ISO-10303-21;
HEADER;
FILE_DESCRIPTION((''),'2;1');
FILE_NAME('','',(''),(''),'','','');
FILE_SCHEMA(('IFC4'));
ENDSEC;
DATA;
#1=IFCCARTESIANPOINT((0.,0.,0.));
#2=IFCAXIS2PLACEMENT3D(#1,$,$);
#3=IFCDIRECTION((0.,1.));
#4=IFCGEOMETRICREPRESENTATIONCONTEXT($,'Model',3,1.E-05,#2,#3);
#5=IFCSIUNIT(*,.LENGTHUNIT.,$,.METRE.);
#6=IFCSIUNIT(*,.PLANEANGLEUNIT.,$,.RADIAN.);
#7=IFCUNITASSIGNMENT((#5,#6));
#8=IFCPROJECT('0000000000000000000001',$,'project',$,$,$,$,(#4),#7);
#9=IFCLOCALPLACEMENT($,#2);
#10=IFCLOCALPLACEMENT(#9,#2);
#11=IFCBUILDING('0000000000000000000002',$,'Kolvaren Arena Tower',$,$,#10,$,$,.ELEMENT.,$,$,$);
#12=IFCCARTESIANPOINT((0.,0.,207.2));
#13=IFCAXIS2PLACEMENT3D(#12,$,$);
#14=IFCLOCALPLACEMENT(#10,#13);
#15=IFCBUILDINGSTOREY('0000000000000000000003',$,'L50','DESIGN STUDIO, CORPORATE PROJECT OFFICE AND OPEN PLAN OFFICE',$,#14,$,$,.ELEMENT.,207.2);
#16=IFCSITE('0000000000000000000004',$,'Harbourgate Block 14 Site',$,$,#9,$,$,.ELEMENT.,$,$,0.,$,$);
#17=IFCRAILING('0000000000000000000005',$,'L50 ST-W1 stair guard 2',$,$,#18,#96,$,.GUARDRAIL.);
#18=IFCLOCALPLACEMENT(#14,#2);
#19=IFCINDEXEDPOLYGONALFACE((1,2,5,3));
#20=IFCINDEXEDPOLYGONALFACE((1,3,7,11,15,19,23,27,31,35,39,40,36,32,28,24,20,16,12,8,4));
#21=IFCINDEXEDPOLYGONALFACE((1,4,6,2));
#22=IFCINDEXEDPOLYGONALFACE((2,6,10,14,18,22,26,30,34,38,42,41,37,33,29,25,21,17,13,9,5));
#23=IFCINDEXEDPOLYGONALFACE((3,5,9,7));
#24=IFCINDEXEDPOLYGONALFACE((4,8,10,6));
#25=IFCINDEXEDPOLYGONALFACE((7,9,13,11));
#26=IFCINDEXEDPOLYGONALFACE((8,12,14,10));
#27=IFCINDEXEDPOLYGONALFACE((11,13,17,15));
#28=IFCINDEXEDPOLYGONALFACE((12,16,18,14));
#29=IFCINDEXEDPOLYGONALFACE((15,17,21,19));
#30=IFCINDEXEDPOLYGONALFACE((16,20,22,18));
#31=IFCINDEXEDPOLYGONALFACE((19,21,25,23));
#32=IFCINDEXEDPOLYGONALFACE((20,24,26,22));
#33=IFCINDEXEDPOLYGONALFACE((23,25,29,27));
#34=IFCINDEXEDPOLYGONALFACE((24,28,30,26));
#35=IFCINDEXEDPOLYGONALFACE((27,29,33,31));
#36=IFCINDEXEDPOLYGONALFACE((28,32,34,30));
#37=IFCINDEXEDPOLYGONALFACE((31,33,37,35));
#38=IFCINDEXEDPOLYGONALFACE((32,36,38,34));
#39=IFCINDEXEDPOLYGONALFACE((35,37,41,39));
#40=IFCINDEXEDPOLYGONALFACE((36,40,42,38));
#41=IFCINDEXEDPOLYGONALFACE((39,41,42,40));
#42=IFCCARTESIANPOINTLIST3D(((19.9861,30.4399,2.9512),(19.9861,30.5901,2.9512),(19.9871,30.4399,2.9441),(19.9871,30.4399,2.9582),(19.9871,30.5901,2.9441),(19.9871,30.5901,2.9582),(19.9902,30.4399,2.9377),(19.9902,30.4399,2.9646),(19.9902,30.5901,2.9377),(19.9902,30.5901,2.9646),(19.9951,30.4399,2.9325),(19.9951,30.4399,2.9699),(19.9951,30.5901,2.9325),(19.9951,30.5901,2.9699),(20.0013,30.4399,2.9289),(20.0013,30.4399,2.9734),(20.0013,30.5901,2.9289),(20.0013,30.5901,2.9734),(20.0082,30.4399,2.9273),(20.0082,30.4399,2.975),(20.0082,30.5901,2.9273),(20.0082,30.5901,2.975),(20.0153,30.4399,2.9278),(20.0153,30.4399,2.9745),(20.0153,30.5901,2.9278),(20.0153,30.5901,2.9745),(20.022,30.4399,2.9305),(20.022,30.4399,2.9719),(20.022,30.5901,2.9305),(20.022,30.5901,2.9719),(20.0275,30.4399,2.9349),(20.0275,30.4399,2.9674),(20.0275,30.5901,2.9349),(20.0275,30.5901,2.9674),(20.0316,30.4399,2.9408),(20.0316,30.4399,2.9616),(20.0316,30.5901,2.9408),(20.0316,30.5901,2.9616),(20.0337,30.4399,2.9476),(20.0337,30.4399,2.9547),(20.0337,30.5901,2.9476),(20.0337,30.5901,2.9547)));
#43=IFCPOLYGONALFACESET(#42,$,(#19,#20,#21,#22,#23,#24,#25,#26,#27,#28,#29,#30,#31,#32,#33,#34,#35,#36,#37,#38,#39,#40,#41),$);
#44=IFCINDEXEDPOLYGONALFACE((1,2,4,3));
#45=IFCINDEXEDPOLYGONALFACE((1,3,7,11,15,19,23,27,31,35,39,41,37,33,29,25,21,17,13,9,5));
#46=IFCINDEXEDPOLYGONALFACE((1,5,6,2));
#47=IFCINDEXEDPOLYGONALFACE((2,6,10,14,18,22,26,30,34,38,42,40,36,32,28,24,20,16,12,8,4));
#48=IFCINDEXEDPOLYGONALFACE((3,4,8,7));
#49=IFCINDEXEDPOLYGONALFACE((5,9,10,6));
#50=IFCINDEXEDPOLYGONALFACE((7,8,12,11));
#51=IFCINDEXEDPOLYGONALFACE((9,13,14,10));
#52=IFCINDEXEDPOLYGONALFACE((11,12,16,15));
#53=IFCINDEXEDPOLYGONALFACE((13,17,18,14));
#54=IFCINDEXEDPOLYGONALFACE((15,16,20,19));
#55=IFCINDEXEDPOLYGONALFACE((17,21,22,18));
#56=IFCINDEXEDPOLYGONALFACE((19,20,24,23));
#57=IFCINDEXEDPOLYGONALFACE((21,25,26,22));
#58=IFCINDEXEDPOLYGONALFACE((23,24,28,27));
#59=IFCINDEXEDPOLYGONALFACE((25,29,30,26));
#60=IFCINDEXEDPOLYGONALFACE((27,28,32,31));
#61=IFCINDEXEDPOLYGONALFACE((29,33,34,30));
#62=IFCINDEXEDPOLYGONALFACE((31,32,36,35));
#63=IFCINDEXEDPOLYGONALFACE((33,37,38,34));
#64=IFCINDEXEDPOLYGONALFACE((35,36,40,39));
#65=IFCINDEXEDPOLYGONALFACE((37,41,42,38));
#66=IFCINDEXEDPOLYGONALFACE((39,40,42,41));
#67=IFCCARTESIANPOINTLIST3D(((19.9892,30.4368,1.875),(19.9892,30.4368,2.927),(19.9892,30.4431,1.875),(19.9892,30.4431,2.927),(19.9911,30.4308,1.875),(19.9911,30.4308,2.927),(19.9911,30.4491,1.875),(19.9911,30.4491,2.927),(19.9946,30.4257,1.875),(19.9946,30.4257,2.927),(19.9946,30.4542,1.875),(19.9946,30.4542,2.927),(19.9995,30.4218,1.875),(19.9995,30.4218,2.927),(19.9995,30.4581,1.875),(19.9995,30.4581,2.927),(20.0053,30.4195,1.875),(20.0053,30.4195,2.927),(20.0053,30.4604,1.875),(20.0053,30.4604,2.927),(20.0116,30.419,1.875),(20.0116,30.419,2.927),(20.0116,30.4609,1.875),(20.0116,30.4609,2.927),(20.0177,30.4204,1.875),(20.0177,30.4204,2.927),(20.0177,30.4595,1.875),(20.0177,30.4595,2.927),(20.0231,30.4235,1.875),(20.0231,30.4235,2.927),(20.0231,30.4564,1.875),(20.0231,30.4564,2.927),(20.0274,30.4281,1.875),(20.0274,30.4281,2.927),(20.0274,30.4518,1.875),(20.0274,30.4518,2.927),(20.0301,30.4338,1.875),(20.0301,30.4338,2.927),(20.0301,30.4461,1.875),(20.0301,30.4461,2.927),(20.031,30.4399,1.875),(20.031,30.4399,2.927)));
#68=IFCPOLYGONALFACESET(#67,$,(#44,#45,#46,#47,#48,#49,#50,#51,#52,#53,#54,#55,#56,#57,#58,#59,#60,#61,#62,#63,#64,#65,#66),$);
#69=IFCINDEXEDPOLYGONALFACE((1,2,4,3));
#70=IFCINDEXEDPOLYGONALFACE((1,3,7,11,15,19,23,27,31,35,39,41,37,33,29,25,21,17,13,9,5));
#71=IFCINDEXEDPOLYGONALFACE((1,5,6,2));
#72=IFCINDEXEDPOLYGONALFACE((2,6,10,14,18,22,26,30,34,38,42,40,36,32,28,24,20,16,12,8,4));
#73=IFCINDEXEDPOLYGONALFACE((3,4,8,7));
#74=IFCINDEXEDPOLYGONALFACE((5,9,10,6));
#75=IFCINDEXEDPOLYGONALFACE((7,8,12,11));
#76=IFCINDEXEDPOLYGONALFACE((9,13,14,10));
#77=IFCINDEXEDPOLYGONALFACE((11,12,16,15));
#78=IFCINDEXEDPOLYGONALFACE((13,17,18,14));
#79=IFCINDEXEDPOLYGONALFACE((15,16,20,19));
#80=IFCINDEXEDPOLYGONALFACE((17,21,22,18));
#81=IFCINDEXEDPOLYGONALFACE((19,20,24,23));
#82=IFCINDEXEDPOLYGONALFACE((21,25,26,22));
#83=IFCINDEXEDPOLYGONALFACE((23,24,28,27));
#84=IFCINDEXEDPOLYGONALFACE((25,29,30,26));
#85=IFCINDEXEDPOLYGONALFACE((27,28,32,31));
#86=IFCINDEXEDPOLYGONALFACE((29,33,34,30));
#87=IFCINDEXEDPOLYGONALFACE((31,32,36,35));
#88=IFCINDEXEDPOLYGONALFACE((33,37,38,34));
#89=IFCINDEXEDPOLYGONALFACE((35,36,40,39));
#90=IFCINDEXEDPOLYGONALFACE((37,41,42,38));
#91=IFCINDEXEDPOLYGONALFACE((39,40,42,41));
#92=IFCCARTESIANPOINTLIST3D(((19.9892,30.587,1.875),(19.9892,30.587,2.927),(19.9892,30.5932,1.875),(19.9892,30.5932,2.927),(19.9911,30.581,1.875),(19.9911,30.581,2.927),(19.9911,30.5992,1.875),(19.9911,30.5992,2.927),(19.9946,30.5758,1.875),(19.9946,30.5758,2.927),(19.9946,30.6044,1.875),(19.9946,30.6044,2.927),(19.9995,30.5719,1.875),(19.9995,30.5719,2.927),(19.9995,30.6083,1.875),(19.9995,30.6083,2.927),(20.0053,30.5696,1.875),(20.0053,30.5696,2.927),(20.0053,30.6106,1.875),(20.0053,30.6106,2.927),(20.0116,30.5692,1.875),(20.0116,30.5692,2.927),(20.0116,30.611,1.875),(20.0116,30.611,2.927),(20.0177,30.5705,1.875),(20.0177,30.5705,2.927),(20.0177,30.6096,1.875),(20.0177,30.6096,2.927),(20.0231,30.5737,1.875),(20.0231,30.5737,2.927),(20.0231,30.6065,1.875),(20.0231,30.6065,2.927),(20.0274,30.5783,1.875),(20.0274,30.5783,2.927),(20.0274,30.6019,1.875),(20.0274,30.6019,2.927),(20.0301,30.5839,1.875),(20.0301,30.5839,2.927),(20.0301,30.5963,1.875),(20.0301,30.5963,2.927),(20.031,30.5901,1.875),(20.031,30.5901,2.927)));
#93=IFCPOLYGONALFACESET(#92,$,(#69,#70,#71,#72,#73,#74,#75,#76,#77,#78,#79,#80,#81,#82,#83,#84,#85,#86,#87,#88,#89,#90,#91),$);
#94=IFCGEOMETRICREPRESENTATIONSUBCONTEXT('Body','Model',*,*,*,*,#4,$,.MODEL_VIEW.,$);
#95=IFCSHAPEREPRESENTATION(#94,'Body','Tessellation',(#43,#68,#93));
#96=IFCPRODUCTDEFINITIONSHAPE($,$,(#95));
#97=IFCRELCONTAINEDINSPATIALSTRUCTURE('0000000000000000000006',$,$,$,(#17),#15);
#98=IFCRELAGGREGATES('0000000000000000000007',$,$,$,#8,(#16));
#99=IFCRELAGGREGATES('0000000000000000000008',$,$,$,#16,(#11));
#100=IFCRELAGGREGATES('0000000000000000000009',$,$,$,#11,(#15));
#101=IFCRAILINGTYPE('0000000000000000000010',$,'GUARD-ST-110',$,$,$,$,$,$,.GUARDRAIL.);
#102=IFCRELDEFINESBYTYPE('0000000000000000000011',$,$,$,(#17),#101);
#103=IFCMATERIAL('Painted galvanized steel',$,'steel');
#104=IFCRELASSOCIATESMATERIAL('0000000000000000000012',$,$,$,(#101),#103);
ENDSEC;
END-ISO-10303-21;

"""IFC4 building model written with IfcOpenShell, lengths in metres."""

from ifc_helpers import new_model, si_unit, direction, frame, origin, origin_2d, place, context, subcontext, project, spatial, circle, extrude, material, type_object, element, save


model = new_model("IFC4")

# Units and contexts
model_context = context("Model", 3, precision=1e-05, world=origin(), true_north=direction((0.0, 1.0)))
body_context = subcontext(model_context, "Body", "Model", "MODEL_VIEW")
ifc_project = project(units=[si_unit("LENGTHUNIT", "METRE"), si_unit("PLANEANGLEUNIT", "RADIAN")], contexts=[model_context])

# Site, building, storey
site_placement = place(None, origin())
site = spatial("IfcSite", under=ifc_project, at=site_placement, Name="Harbourgate Block 14 Site", CompositionType="ELEMENT", RefElevation=0.0)
building_placement = place(site_placement, origin())
building = spatial("IfcBuilding", under=site, at=building_placement, Name="Kolvaren Arena Tower", CompositionType="ELEMENT")
storey_placement = place(building_placement, frame((0.0, 0.0, 207.2)))
storey = spatial("IfcBuildingStorey", under=building, at=storey_placement, Name="L50", Description="DESIGN STUDIO, CORPORATE PROJECT OFFICE AND OPEN PLAN OFFICE", CompositionType="ELEMENT", Elevation=207.2)

# Railing
ifc_material_1 = material(Name="Painted galvanized steel", Category="steel")
railing_type_1 = type_object("IfcRailingType", Name="GUARD-ST-110", PredefinedType="GUARDRAIL", material=ifc_material_1)
railing_1_placement = place(storey_placement, frame((20.01, 30.4399, 1.875)))
element("IfcRailing", 1, at=railing_1_placement, inside=storey, type_object=railing_type_1, Name="L50 ST-W1 stair guard 2", PredefinedType="GUARDRAIL", context=body_context, shape_type="SweptSolid", body=[
    extrude(circle(Radius=0.0239, at=origin_2d()), frame((0.0, 0.0, 1.0762), z_axis=(0.0, 1.0, 0.0), x_axis=(-1.0, 0.0, 0.0)), (0.0, 0.0, 1.0), 0.1501),
    extrude(circle(Radius=0.021, at=origin_2d()), origin(), (0.0, 0.0, 1.0), 1.052),
    extrude(circle(Radius=0.021, at=origin_2d()), frame((0.0, 0.1501, 0.0)), (0.0, 0.0, 1.0), 1.052),
])

save(model, "model.ifc")
